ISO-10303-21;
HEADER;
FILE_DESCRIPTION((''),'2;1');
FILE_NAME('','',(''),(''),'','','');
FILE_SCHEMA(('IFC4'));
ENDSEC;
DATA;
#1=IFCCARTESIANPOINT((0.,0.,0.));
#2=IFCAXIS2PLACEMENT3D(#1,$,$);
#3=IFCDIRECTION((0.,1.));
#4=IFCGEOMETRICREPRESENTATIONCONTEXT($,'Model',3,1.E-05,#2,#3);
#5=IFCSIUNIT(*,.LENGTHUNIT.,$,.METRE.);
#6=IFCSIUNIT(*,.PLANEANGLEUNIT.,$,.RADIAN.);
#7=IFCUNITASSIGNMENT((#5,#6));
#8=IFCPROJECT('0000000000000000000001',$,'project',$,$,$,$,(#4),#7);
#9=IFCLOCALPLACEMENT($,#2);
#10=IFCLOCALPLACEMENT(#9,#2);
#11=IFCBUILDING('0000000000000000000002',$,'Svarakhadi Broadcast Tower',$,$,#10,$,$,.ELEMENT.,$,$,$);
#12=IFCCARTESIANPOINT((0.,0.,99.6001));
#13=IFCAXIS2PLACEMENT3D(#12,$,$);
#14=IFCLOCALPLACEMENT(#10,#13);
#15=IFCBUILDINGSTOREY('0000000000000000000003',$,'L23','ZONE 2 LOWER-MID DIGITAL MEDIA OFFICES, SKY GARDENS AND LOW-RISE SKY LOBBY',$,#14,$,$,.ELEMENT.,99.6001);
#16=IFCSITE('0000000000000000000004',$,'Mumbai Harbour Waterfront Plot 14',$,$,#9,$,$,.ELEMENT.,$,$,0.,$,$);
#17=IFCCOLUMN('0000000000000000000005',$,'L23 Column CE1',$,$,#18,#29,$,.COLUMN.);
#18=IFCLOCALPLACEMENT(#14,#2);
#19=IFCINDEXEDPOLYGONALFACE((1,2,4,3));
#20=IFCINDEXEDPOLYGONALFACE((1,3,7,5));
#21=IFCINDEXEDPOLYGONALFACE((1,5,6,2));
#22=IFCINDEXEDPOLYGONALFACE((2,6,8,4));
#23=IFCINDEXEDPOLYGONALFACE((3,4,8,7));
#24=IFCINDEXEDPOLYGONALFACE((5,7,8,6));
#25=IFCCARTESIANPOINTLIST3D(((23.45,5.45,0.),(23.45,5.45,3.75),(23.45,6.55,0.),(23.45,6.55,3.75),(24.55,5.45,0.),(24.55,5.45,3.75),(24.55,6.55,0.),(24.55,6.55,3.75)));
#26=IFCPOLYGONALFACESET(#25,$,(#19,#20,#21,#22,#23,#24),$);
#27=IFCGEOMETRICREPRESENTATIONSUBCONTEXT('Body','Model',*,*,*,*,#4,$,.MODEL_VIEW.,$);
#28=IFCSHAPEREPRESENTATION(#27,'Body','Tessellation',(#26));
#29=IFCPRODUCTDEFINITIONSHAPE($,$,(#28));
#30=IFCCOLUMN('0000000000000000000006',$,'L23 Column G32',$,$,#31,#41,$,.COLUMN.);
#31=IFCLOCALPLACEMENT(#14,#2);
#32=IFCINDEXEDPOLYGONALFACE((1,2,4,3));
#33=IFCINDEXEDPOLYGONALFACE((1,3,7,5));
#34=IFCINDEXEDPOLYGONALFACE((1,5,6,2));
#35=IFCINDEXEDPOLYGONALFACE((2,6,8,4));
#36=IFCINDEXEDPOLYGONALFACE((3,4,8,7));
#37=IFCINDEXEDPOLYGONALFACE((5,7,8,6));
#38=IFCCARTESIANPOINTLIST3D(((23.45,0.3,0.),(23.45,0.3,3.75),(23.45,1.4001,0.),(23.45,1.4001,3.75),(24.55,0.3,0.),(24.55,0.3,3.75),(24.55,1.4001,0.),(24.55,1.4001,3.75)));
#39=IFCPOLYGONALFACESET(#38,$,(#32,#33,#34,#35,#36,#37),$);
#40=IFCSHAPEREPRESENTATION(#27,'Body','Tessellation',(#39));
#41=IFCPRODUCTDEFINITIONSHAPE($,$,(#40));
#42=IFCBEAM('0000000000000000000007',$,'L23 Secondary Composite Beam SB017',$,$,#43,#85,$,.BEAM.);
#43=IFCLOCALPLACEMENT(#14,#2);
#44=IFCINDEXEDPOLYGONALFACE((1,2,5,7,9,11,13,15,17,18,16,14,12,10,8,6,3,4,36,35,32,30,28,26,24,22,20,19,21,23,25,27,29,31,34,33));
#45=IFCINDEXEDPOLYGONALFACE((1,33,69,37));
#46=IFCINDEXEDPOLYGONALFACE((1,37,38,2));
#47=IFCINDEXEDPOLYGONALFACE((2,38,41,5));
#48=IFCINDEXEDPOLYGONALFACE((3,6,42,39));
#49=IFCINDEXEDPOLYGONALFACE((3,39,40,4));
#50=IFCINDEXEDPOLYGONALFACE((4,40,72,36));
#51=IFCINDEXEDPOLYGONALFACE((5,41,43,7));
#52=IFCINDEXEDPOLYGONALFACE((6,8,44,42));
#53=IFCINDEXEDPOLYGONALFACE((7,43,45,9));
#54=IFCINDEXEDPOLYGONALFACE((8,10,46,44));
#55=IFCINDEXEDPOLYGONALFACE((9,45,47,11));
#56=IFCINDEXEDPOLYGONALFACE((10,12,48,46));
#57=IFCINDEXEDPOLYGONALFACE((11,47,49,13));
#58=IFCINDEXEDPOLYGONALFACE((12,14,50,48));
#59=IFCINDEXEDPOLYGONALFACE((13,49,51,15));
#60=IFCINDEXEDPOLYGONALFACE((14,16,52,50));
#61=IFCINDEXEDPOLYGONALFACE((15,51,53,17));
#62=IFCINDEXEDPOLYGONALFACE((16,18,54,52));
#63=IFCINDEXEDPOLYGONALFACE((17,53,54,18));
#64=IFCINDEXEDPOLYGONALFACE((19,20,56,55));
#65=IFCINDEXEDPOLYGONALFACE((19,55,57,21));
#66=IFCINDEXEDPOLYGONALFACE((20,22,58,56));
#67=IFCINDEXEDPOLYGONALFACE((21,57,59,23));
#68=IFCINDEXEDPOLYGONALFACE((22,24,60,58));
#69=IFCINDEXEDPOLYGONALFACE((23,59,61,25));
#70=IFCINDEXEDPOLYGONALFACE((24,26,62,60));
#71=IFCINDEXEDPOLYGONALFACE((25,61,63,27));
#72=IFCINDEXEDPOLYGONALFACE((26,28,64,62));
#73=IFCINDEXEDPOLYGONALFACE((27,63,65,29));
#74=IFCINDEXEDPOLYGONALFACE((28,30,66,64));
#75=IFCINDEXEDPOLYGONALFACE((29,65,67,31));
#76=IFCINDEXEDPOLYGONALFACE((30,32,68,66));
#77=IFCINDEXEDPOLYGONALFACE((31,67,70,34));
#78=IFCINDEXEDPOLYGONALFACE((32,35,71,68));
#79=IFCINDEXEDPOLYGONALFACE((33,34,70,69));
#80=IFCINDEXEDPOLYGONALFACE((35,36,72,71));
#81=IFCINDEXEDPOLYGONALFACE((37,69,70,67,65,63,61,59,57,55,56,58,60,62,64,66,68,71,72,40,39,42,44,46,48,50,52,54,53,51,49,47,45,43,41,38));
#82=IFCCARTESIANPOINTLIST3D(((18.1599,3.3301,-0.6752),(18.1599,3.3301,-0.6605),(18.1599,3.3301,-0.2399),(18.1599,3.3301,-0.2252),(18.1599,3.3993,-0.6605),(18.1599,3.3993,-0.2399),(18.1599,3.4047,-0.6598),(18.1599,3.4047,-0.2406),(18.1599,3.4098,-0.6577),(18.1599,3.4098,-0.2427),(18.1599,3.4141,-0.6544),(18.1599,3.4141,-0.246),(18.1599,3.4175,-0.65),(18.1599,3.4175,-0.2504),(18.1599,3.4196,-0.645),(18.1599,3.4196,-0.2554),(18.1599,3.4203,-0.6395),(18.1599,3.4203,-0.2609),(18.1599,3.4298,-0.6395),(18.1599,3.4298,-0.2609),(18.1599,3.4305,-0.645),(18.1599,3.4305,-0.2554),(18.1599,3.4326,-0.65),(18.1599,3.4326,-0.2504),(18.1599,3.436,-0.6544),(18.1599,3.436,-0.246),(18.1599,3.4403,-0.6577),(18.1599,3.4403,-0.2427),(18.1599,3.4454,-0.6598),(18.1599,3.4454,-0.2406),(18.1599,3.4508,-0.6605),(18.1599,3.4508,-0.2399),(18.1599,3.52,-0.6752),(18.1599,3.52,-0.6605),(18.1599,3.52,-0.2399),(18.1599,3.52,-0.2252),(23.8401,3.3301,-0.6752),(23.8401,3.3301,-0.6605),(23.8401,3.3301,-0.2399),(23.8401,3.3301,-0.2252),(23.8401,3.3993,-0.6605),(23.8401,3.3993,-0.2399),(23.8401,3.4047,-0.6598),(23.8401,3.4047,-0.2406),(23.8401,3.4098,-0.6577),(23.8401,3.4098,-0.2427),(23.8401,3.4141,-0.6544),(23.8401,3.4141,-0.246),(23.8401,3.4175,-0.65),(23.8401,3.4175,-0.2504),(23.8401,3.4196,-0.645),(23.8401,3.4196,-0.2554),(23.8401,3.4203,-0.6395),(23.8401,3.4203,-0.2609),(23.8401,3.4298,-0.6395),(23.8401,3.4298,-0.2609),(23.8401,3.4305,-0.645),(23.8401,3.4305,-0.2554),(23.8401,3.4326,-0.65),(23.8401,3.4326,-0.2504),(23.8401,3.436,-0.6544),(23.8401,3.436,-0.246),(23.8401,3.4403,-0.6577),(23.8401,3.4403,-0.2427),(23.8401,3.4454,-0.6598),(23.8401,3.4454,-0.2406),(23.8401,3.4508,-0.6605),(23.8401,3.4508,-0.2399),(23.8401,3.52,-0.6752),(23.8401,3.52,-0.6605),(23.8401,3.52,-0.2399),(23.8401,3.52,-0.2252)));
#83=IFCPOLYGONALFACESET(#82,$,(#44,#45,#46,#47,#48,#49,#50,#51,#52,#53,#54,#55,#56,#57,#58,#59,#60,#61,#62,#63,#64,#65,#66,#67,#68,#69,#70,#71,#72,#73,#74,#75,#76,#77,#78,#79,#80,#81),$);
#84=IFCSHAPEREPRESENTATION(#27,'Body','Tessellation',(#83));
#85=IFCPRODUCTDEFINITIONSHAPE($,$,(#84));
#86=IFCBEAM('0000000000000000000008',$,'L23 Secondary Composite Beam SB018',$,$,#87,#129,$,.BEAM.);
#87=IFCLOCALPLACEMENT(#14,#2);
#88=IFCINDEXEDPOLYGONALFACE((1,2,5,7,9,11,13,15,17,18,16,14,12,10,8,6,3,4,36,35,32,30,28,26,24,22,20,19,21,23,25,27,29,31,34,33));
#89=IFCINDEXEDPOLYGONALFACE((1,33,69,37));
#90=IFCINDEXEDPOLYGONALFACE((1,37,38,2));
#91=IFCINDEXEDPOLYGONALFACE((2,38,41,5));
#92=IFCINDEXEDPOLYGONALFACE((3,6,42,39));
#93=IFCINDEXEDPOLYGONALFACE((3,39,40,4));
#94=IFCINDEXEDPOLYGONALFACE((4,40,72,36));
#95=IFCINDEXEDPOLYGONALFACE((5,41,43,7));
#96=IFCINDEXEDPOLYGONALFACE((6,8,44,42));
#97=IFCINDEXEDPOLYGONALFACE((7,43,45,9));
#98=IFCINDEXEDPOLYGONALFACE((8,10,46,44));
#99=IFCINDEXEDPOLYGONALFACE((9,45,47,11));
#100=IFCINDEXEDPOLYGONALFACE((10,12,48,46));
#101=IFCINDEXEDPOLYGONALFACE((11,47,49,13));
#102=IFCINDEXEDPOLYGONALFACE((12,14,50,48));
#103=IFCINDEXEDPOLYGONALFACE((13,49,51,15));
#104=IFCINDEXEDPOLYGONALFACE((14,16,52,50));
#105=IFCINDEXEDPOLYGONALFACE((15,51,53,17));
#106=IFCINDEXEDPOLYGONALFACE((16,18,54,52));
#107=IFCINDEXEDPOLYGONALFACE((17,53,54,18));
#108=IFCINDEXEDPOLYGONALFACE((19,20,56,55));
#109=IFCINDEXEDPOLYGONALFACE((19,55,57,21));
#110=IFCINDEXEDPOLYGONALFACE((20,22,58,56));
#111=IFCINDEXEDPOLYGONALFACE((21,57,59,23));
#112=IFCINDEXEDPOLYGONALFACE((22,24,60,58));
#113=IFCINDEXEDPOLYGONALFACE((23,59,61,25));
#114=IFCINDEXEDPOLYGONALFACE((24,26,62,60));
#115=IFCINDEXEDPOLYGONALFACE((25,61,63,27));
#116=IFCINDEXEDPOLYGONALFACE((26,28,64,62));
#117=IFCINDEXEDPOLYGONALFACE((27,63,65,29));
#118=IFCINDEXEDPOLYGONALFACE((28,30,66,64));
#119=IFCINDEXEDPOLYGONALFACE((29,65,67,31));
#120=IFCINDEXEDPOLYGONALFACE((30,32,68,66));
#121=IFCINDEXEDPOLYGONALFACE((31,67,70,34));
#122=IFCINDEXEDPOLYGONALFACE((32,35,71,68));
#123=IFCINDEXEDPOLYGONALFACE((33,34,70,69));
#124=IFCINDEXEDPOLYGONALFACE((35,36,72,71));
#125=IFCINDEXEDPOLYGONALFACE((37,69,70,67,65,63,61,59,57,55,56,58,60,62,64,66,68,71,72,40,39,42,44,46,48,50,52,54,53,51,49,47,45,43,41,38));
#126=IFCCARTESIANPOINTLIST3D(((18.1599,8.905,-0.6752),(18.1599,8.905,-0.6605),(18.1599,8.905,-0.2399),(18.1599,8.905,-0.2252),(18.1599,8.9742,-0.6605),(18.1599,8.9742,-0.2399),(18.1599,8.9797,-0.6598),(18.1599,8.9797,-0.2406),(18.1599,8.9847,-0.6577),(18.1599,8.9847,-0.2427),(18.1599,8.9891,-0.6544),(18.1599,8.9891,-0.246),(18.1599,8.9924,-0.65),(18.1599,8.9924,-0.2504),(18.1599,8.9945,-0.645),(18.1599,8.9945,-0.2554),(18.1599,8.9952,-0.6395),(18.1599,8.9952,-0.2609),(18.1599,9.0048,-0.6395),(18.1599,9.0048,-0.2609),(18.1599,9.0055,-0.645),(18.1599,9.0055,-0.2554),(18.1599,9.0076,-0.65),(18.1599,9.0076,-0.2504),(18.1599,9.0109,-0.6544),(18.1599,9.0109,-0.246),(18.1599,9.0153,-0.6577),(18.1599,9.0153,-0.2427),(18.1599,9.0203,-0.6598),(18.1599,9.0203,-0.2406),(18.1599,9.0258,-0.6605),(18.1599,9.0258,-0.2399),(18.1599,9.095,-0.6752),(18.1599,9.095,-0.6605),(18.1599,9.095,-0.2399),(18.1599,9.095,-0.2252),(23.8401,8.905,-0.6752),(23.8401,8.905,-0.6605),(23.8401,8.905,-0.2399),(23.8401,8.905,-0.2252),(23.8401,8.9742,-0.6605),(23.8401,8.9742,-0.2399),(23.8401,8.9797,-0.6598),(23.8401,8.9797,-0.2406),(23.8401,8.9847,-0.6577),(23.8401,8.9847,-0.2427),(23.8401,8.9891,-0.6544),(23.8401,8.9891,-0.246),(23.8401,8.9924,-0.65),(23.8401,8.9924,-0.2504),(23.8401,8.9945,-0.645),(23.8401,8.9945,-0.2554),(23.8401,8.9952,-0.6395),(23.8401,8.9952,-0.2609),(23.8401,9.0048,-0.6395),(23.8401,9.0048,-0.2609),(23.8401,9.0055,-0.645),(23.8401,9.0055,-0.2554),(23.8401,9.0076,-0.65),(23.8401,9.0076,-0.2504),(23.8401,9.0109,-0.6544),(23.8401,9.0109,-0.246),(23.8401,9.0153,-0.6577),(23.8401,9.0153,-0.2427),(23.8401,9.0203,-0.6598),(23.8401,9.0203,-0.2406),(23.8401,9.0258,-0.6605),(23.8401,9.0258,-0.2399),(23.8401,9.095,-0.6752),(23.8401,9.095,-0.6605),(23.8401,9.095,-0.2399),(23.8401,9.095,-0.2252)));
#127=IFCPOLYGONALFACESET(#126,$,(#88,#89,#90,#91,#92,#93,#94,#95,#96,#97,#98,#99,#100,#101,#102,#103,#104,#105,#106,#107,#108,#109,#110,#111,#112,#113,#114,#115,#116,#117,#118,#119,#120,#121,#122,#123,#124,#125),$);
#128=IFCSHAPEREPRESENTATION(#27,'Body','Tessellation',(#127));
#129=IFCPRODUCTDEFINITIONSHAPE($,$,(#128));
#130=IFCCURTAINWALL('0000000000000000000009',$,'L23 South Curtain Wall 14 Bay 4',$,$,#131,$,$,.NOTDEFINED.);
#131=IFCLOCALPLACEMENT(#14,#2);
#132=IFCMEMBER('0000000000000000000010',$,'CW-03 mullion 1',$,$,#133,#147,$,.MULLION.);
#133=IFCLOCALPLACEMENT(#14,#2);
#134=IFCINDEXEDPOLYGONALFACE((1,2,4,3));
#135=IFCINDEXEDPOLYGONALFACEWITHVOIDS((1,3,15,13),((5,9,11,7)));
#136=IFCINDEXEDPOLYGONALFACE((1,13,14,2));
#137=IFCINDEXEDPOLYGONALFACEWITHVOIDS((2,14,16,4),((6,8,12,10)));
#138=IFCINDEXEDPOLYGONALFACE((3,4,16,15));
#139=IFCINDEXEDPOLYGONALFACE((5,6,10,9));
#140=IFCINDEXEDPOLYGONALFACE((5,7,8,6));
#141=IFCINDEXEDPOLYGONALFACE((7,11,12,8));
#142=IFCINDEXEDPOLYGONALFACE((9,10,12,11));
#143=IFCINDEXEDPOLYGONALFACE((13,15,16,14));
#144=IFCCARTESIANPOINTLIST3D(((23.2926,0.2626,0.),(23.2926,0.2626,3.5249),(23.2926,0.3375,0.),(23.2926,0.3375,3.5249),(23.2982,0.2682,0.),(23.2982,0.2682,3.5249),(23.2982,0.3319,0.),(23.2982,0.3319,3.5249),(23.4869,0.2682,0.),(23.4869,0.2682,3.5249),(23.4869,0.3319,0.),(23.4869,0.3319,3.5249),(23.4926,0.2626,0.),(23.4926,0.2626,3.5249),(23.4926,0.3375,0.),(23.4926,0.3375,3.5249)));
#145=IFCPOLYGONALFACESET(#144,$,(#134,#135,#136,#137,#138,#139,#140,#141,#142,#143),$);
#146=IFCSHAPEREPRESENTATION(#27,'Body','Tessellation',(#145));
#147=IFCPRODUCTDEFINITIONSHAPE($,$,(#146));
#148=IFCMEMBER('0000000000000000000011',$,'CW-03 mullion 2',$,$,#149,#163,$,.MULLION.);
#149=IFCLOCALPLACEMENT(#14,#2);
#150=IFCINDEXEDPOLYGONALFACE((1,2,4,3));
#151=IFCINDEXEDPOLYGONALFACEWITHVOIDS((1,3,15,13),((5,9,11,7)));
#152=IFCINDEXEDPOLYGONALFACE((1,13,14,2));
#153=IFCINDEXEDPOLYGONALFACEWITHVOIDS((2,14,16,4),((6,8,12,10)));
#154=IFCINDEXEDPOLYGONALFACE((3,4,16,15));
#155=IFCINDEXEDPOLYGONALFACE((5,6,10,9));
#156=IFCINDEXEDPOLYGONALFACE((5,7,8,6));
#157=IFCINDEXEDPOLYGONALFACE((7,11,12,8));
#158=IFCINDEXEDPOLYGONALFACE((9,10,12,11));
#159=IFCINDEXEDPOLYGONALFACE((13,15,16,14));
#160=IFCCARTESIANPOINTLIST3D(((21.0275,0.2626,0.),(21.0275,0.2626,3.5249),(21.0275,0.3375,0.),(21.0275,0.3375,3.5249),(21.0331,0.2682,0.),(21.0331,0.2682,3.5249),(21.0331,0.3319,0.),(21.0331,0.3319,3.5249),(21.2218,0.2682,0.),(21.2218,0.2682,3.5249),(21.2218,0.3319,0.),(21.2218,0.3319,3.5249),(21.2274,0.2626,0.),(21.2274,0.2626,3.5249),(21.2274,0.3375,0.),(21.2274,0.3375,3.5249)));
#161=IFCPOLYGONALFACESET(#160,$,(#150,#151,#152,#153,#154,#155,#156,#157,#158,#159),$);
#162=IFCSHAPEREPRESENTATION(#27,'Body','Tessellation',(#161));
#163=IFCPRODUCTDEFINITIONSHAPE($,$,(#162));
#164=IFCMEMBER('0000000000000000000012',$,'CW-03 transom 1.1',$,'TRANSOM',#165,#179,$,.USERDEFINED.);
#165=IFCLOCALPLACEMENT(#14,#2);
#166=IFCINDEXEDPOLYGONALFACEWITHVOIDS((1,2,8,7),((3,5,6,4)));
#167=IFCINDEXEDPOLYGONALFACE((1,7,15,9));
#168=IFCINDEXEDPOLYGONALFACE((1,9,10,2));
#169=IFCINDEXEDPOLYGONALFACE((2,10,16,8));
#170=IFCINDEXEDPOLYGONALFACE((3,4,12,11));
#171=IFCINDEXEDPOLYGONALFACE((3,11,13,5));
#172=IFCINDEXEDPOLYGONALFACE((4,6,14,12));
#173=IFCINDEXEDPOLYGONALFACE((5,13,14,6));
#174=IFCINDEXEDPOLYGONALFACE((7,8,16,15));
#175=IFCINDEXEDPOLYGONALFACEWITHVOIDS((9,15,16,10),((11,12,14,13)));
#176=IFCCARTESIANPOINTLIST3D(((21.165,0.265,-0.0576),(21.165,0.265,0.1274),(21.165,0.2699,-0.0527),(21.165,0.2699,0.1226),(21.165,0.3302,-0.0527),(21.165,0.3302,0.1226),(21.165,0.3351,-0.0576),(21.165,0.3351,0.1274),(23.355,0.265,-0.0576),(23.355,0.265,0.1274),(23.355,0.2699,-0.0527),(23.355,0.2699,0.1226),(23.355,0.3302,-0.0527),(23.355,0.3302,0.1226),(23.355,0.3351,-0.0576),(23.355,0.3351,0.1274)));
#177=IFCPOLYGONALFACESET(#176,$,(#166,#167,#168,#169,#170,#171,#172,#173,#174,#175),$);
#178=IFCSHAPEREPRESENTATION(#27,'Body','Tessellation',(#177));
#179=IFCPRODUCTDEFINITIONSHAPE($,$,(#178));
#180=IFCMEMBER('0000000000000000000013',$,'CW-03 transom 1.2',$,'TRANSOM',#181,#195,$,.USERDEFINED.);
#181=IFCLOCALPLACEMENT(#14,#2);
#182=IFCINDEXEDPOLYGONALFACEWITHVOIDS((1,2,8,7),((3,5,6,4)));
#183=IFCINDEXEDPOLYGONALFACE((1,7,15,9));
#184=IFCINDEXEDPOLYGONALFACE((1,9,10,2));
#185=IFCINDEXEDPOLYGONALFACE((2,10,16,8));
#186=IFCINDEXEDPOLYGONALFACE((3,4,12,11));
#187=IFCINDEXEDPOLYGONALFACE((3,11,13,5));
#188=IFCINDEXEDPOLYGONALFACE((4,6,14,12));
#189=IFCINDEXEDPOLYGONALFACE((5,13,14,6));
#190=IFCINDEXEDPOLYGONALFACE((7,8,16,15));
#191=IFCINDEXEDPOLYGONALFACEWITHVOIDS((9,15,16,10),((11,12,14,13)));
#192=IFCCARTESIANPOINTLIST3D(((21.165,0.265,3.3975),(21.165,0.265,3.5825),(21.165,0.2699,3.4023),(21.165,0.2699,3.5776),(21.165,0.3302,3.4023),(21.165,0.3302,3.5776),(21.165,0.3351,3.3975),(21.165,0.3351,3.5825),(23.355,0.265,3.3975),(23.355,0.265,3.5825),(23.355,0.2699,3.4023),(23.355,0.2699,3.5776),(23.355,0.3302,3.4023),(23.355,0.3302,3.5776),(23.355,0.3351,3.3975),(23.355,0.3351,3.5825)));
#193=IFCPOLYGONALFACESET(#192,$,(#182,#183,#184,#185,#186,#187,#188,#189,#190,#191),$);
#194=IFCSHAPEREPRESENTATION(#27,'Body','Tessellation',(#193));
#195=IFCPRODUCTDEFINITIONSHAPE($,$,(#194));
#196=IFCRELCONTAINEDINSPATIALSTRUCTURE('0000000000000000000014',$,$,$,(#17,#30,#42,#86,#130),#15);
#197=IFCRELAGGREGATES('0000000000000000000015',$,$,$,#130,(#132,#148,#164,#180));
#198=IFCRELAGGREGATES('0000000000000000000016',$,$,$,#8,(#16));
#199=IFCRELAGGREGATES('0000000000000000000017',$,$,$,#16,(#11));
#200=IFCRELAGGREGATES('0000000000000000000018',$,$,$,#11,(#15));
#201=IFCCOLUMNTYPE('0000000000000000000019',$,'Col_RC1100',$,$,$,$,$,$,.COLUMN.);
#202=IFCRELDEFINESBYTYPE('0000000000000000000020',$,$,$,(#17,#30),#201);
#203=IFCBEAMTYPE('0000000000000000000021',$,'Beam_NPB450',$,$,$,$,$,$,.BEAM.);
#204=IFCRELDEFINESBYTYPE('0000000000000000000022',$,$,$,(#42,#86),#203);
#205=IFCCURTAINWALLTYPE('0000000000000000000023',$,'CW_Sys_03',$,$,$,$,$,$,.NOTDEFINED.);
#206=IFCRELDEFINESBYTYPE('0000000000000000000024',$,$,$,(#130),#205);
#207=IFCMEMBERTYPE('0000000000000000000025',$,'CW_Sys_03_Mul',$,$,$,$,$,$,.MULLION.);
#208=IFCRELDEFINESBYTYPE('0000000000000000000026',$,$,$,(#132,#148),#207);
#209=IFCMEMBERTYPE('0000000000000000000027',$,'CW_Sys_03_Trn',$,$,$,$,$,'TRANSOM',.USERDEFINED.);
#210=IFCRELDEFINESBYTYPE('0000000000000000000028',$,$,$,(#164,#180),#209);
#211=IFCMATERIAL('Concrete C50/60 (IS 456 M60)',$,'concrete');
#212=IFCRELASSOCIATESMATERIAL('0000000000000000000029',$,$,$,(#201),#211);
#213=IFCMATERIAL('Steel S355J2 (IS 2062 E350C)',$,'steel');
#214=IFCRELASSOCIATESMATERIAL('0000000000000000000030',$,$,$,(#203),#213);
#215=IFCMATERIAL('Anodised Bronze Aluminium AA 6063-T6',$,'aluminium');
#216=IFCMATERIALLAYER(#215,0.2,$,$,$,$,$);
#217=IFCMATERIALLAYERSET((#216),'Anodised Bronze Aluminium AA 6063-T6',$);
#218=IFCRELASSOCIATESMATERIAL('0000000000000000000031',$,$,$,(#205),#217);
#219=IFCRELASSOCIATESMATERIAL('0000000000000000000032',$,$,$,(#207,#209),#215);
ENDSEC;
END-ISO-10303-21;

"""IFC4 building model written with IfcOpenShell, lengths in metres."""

from ifc_helpers import new_model, si_unit, direction, frame, origin, origin_2d, place, context, subcontext, project, spatial, rectangle, hollow_rectangle, i_section, extrude, material, layer, layer_set, material_profile, profile_set, type_object, element, aggregate, save


model = new_model("IFC4")

# Units and contexts
model_context = context("Model", 3, precision=1e-05, world=origin(), true_north=direction((0.0, 1.0)))
body_context = subcontext(model_context, "Body", "Model", "MODEL_VIEW")
ifc_project = project(units=[si_unit("LENGTHUNIT", "METRE"), si_unit("PLANEANGLEUNIT", "RADIAN")], contexts=[model_context])

# Site, building, storey
site_placement = place(None, origin())
site = spatial("IfcSite", under=ifc_project, at=site_placement, Name="Mumbai Harbour Waterfront Plot 14", CompositionType="ELEMENT", RefElevation=0.0)
building_placement = place(site_placement, origin())
building = spatial("IfcBuilding", under=site, at=building_placement, Name="Svarakhadi Broadcast Tower", CompositionType="ELEMENT")
storey_placement = place(building_placement, frame((0.0, 0.0, 99.6001)))
storey = spatial("IfcBuildingStorey", under=building, at=storey_placement, Name="L23", Description="ZONE 2 LOWER-MID DIGITAL MEDIA OFFICES, SKY GARDENS AND LOW-RISE SKY LOBBY", CompositionType="ELEMENT", Elevation=99.6001)

# Columns
ifc_material_1 = material(Name="Concrete C50/60 (IS 456 M60)", Category="concrete")
ifc_material_profile_1 = material_profile(ifc_material_1, rectangle(XDim=1.1001, YDim=1.1001, at=origin_2d()), Name="RC 1100x1100")
ifc_profile_set_1 = profile_set([ifc_material_profile_1], Name="Concrete C50/60 (IS 456 M60)")
column_type = type_object("IfcColumnType", Name="Col_RC1100", PredefinedType="COLUMN", material=ifc_profile_set_1)
for number, where, z_axis, x_axis, name in (
    (1, (24.0, 6.0, 0.0), (0.0, 0.0, 1.0), (1.0, 0.0, 0.0), "L23 Column CE1"),
    (2, (24.0, 0.8501, 0.0), (0.0, 0.0, 1.0), (1.0, 0.0, 0.0), "L23 Column G32"),
):
    element("IfcColumn", number, at=place(storey_placement, frame(where, z_axis=z_axis, x_axis=x_axis)), inside=storey, type_object=column_type, Name=name, PredefinedType="COLUMN", context=body_context, shape_type="SweptSolid", body=[
        extrude(rectangle(XDim=1.1001, YDim=1.1001, at=origin_2d()), origin(), (0.0, 0.0, 1.0), 3.75),
    ])

# Beams
ifc_material_2 = material(Name="Steel S355J2 (IS 2062 E350C)", Category="steel")
ifc_material_profile_2 = material_profile(ifc_material_2, i_section(OverallWidth=0.1899, OverallDepth=0.45, WebThickness=0.0095, FlangeThickness=0.0146, FilletRadius=0.021, at=origin_2d()), Name="NPB 450x190x78")
ifc_profile_set_2 = profile_set([ifc_material_profile_2], Name="Steel S355J2 (IS 2062 E350C)")
beam_type_1 = type_object("IfcBeamType", Name="Beam_NPB450", PredefinedType="BEAM", material=ifc_profile_set_2)
for number, where, z_axis, x_axis, name in (
    (3, (18.1599, 3.425, -0.4502), (1.0, 0.0, 0.0), (0.0, 1.0, 0.0), "L23 Secondary Composite Beam SB017"),
    (4, (18.1599, 9.0, -0.4502), (1.0, 0.0, 0.0), (0.0, 1.0, 0.0), "L23 Secondary Composite Beam SB018"),
):
    element("IfcBeam", number, at=place(storey_placement, frame(where, z_axis=z_axis, x_axis=x_axis)), inside=storey, type_object=beam_type_1, Name=name, PredefinedType="BEAM", context=body_context, shape_type="SweptSolid", body=[
        extrude(i_section(OverallWidth=0.1899, OverallDepth=0.45, WebThickness=0.0095, FlangeThickness=0.0146, FilletRadius=0.021, at=origin_2d()), origin(), (0.0, 0.0, 1.0), 5.6802),
    ])

# Curtain wall, members
ifc_material_3 = material(Name="Anodised Bronze Aluminium AA 6063-T6", Category="aluminium")
ifc_layer_1 = layer(ifc_material_3, 0.2)
ifc_layer_set_1 = layer_set([ifc_layer_1], Name="Anodised Bronze Aluminium AA 6063-T6")
curtain_wall_type = type_object("IfcCurtainWallType", Name="CW_Sys_03", PredefinedType="NOTDEFINED", material=ifc_layer_set_1)
curtain_wall_placement = place(storey_placement, origin())
curtain_wall = element("IfcCurtainWall", 5, at=curtain_wall_placement, inside=storey, type_object=curtain_wall_type, Name="L23 South Curtain Wall 14 Bay 4", PredefinedType="NOTDEFINED")
ifc_material_profile_3 = material_profile(ifc_material_3, hollow_rectangle(XDim=0.075, YDim=0.2, WallThickness=0.0056, at=origin_2d()), Name="ALU MULLION 200x75x6")
ifc_profile_set_3 = profile_set([ifc_material_profile_3], Name="Anodised Bronze Aluminium AA 6063-T6")
member_type_1 = type_object("IfcMemberType", Name="CW_Sys_03_Mul", PredefinedType="MULLION", material=ifc_profile_set_3)
member_1_placement = place(storey_placement, frame((23.3926, 0.3, 0.0), z_axis=(0.0, 0.0, 1.0), x_axis=(0.0, -1.0, 0.0)))
member_1 = element("IfcMember", 6, at=member_1_placement, type_object=member_type_1, Name="CW-03 mullion 1", PredefinedType="MULLION", context=body_context, shape_type="SweptSolid", body=[
    extrude(hollow_rectangle(XDim=0.075, YDim=0.2, WallThickness=0.0056, at=origin_2d()), origin(), (0.0, 0.0, 1.0), 3.5249),
])
member_2_placement = place(storey_placement, frame((21.1274, 0.3, 0.0), z_axis=(0.0, 0.0, 1.0), x_axis=(0.0, -1.0, 0.0)))
member_2 = element("IfcMember", 7, at=member_2_placement, type_object=member_type_1, Name="CW-03 mullion 2", PredefinedType="MULLION", context=body_context, shape_type="SweptSolid", body=[
    extrude(hollow_rectangle(XDim=0.075, YDim=0.2, WallThickness=0.0056, at=origin_2d()), origin(), (0.0, 0.0, 1.0), 3.5249),
])
ifc_material_profile_4 = material_profile(ifc_material_3, hollow_rectangle(XDim=0.0701, YDim=0.1851, WallThickness=0.0049, at=origin_2d()), Name="ALU TRANSOM 185x70x5")
ifc_profile_set_4 = profile_set([ifc_material_profile_4], Name="Anodised Bronze Aluminium AA 6063-T6")
member_type_2 = type_object("IfcMemberType", Name="CW_Sys_03_Trn", ElementType="TRANSOM", PredefinedType="USERDEFINED", material=ifc_profile_set_4)
member_3_placement = place(storey_placement, frame((23.355, 0.3, 0.0349), z_axis=(-1.0, 0.0, 0.0), x_axis=(0.0, -1.0, 0.0)))
member_3 = element("IfcMember", 8, at=member_3_placement, type_object=member_type_2, Name="CW-03 transom 1.1", ObjectType="TRANSOM", PredefinedType="USERDEFINED", context=body_context, shape_type="SweptSolid", body=[
    extrude(hollow_rectangle(XDim=0.0701, YDim=0.1851, WallThickness=0.0049, at=origin_2d()), origin(), (0.0, 0.0, 1.0), 2.1899),
])
member_4_placement = place(storey_placement, frame((23.355, 0.3, 3.49), z_axis=(-1.0, 0.0, 0.0), x_axis=(0.0, -1.0, 0.0)))
member_4 = element("IfcMember", 9, at=member_4_placement, type_object=member_type_2, Name="CW-03 transom 1.2", ObjectType="TRANSOM", PredefinedType="USERDEFINED", context=body_context, shape_type="SweptSolid", body=[
    extrude(hollow_rectangle(XDim=0.0701, YDim=0.1851, WallThickness=0.0049, at=origin_2d()), origin(), (0.0, 0.0, 1.0), 2.1899),
])

aggregate(curtain_wall, [member_1, member_2, member_3, member_4])

save(model, "model.ifc")
